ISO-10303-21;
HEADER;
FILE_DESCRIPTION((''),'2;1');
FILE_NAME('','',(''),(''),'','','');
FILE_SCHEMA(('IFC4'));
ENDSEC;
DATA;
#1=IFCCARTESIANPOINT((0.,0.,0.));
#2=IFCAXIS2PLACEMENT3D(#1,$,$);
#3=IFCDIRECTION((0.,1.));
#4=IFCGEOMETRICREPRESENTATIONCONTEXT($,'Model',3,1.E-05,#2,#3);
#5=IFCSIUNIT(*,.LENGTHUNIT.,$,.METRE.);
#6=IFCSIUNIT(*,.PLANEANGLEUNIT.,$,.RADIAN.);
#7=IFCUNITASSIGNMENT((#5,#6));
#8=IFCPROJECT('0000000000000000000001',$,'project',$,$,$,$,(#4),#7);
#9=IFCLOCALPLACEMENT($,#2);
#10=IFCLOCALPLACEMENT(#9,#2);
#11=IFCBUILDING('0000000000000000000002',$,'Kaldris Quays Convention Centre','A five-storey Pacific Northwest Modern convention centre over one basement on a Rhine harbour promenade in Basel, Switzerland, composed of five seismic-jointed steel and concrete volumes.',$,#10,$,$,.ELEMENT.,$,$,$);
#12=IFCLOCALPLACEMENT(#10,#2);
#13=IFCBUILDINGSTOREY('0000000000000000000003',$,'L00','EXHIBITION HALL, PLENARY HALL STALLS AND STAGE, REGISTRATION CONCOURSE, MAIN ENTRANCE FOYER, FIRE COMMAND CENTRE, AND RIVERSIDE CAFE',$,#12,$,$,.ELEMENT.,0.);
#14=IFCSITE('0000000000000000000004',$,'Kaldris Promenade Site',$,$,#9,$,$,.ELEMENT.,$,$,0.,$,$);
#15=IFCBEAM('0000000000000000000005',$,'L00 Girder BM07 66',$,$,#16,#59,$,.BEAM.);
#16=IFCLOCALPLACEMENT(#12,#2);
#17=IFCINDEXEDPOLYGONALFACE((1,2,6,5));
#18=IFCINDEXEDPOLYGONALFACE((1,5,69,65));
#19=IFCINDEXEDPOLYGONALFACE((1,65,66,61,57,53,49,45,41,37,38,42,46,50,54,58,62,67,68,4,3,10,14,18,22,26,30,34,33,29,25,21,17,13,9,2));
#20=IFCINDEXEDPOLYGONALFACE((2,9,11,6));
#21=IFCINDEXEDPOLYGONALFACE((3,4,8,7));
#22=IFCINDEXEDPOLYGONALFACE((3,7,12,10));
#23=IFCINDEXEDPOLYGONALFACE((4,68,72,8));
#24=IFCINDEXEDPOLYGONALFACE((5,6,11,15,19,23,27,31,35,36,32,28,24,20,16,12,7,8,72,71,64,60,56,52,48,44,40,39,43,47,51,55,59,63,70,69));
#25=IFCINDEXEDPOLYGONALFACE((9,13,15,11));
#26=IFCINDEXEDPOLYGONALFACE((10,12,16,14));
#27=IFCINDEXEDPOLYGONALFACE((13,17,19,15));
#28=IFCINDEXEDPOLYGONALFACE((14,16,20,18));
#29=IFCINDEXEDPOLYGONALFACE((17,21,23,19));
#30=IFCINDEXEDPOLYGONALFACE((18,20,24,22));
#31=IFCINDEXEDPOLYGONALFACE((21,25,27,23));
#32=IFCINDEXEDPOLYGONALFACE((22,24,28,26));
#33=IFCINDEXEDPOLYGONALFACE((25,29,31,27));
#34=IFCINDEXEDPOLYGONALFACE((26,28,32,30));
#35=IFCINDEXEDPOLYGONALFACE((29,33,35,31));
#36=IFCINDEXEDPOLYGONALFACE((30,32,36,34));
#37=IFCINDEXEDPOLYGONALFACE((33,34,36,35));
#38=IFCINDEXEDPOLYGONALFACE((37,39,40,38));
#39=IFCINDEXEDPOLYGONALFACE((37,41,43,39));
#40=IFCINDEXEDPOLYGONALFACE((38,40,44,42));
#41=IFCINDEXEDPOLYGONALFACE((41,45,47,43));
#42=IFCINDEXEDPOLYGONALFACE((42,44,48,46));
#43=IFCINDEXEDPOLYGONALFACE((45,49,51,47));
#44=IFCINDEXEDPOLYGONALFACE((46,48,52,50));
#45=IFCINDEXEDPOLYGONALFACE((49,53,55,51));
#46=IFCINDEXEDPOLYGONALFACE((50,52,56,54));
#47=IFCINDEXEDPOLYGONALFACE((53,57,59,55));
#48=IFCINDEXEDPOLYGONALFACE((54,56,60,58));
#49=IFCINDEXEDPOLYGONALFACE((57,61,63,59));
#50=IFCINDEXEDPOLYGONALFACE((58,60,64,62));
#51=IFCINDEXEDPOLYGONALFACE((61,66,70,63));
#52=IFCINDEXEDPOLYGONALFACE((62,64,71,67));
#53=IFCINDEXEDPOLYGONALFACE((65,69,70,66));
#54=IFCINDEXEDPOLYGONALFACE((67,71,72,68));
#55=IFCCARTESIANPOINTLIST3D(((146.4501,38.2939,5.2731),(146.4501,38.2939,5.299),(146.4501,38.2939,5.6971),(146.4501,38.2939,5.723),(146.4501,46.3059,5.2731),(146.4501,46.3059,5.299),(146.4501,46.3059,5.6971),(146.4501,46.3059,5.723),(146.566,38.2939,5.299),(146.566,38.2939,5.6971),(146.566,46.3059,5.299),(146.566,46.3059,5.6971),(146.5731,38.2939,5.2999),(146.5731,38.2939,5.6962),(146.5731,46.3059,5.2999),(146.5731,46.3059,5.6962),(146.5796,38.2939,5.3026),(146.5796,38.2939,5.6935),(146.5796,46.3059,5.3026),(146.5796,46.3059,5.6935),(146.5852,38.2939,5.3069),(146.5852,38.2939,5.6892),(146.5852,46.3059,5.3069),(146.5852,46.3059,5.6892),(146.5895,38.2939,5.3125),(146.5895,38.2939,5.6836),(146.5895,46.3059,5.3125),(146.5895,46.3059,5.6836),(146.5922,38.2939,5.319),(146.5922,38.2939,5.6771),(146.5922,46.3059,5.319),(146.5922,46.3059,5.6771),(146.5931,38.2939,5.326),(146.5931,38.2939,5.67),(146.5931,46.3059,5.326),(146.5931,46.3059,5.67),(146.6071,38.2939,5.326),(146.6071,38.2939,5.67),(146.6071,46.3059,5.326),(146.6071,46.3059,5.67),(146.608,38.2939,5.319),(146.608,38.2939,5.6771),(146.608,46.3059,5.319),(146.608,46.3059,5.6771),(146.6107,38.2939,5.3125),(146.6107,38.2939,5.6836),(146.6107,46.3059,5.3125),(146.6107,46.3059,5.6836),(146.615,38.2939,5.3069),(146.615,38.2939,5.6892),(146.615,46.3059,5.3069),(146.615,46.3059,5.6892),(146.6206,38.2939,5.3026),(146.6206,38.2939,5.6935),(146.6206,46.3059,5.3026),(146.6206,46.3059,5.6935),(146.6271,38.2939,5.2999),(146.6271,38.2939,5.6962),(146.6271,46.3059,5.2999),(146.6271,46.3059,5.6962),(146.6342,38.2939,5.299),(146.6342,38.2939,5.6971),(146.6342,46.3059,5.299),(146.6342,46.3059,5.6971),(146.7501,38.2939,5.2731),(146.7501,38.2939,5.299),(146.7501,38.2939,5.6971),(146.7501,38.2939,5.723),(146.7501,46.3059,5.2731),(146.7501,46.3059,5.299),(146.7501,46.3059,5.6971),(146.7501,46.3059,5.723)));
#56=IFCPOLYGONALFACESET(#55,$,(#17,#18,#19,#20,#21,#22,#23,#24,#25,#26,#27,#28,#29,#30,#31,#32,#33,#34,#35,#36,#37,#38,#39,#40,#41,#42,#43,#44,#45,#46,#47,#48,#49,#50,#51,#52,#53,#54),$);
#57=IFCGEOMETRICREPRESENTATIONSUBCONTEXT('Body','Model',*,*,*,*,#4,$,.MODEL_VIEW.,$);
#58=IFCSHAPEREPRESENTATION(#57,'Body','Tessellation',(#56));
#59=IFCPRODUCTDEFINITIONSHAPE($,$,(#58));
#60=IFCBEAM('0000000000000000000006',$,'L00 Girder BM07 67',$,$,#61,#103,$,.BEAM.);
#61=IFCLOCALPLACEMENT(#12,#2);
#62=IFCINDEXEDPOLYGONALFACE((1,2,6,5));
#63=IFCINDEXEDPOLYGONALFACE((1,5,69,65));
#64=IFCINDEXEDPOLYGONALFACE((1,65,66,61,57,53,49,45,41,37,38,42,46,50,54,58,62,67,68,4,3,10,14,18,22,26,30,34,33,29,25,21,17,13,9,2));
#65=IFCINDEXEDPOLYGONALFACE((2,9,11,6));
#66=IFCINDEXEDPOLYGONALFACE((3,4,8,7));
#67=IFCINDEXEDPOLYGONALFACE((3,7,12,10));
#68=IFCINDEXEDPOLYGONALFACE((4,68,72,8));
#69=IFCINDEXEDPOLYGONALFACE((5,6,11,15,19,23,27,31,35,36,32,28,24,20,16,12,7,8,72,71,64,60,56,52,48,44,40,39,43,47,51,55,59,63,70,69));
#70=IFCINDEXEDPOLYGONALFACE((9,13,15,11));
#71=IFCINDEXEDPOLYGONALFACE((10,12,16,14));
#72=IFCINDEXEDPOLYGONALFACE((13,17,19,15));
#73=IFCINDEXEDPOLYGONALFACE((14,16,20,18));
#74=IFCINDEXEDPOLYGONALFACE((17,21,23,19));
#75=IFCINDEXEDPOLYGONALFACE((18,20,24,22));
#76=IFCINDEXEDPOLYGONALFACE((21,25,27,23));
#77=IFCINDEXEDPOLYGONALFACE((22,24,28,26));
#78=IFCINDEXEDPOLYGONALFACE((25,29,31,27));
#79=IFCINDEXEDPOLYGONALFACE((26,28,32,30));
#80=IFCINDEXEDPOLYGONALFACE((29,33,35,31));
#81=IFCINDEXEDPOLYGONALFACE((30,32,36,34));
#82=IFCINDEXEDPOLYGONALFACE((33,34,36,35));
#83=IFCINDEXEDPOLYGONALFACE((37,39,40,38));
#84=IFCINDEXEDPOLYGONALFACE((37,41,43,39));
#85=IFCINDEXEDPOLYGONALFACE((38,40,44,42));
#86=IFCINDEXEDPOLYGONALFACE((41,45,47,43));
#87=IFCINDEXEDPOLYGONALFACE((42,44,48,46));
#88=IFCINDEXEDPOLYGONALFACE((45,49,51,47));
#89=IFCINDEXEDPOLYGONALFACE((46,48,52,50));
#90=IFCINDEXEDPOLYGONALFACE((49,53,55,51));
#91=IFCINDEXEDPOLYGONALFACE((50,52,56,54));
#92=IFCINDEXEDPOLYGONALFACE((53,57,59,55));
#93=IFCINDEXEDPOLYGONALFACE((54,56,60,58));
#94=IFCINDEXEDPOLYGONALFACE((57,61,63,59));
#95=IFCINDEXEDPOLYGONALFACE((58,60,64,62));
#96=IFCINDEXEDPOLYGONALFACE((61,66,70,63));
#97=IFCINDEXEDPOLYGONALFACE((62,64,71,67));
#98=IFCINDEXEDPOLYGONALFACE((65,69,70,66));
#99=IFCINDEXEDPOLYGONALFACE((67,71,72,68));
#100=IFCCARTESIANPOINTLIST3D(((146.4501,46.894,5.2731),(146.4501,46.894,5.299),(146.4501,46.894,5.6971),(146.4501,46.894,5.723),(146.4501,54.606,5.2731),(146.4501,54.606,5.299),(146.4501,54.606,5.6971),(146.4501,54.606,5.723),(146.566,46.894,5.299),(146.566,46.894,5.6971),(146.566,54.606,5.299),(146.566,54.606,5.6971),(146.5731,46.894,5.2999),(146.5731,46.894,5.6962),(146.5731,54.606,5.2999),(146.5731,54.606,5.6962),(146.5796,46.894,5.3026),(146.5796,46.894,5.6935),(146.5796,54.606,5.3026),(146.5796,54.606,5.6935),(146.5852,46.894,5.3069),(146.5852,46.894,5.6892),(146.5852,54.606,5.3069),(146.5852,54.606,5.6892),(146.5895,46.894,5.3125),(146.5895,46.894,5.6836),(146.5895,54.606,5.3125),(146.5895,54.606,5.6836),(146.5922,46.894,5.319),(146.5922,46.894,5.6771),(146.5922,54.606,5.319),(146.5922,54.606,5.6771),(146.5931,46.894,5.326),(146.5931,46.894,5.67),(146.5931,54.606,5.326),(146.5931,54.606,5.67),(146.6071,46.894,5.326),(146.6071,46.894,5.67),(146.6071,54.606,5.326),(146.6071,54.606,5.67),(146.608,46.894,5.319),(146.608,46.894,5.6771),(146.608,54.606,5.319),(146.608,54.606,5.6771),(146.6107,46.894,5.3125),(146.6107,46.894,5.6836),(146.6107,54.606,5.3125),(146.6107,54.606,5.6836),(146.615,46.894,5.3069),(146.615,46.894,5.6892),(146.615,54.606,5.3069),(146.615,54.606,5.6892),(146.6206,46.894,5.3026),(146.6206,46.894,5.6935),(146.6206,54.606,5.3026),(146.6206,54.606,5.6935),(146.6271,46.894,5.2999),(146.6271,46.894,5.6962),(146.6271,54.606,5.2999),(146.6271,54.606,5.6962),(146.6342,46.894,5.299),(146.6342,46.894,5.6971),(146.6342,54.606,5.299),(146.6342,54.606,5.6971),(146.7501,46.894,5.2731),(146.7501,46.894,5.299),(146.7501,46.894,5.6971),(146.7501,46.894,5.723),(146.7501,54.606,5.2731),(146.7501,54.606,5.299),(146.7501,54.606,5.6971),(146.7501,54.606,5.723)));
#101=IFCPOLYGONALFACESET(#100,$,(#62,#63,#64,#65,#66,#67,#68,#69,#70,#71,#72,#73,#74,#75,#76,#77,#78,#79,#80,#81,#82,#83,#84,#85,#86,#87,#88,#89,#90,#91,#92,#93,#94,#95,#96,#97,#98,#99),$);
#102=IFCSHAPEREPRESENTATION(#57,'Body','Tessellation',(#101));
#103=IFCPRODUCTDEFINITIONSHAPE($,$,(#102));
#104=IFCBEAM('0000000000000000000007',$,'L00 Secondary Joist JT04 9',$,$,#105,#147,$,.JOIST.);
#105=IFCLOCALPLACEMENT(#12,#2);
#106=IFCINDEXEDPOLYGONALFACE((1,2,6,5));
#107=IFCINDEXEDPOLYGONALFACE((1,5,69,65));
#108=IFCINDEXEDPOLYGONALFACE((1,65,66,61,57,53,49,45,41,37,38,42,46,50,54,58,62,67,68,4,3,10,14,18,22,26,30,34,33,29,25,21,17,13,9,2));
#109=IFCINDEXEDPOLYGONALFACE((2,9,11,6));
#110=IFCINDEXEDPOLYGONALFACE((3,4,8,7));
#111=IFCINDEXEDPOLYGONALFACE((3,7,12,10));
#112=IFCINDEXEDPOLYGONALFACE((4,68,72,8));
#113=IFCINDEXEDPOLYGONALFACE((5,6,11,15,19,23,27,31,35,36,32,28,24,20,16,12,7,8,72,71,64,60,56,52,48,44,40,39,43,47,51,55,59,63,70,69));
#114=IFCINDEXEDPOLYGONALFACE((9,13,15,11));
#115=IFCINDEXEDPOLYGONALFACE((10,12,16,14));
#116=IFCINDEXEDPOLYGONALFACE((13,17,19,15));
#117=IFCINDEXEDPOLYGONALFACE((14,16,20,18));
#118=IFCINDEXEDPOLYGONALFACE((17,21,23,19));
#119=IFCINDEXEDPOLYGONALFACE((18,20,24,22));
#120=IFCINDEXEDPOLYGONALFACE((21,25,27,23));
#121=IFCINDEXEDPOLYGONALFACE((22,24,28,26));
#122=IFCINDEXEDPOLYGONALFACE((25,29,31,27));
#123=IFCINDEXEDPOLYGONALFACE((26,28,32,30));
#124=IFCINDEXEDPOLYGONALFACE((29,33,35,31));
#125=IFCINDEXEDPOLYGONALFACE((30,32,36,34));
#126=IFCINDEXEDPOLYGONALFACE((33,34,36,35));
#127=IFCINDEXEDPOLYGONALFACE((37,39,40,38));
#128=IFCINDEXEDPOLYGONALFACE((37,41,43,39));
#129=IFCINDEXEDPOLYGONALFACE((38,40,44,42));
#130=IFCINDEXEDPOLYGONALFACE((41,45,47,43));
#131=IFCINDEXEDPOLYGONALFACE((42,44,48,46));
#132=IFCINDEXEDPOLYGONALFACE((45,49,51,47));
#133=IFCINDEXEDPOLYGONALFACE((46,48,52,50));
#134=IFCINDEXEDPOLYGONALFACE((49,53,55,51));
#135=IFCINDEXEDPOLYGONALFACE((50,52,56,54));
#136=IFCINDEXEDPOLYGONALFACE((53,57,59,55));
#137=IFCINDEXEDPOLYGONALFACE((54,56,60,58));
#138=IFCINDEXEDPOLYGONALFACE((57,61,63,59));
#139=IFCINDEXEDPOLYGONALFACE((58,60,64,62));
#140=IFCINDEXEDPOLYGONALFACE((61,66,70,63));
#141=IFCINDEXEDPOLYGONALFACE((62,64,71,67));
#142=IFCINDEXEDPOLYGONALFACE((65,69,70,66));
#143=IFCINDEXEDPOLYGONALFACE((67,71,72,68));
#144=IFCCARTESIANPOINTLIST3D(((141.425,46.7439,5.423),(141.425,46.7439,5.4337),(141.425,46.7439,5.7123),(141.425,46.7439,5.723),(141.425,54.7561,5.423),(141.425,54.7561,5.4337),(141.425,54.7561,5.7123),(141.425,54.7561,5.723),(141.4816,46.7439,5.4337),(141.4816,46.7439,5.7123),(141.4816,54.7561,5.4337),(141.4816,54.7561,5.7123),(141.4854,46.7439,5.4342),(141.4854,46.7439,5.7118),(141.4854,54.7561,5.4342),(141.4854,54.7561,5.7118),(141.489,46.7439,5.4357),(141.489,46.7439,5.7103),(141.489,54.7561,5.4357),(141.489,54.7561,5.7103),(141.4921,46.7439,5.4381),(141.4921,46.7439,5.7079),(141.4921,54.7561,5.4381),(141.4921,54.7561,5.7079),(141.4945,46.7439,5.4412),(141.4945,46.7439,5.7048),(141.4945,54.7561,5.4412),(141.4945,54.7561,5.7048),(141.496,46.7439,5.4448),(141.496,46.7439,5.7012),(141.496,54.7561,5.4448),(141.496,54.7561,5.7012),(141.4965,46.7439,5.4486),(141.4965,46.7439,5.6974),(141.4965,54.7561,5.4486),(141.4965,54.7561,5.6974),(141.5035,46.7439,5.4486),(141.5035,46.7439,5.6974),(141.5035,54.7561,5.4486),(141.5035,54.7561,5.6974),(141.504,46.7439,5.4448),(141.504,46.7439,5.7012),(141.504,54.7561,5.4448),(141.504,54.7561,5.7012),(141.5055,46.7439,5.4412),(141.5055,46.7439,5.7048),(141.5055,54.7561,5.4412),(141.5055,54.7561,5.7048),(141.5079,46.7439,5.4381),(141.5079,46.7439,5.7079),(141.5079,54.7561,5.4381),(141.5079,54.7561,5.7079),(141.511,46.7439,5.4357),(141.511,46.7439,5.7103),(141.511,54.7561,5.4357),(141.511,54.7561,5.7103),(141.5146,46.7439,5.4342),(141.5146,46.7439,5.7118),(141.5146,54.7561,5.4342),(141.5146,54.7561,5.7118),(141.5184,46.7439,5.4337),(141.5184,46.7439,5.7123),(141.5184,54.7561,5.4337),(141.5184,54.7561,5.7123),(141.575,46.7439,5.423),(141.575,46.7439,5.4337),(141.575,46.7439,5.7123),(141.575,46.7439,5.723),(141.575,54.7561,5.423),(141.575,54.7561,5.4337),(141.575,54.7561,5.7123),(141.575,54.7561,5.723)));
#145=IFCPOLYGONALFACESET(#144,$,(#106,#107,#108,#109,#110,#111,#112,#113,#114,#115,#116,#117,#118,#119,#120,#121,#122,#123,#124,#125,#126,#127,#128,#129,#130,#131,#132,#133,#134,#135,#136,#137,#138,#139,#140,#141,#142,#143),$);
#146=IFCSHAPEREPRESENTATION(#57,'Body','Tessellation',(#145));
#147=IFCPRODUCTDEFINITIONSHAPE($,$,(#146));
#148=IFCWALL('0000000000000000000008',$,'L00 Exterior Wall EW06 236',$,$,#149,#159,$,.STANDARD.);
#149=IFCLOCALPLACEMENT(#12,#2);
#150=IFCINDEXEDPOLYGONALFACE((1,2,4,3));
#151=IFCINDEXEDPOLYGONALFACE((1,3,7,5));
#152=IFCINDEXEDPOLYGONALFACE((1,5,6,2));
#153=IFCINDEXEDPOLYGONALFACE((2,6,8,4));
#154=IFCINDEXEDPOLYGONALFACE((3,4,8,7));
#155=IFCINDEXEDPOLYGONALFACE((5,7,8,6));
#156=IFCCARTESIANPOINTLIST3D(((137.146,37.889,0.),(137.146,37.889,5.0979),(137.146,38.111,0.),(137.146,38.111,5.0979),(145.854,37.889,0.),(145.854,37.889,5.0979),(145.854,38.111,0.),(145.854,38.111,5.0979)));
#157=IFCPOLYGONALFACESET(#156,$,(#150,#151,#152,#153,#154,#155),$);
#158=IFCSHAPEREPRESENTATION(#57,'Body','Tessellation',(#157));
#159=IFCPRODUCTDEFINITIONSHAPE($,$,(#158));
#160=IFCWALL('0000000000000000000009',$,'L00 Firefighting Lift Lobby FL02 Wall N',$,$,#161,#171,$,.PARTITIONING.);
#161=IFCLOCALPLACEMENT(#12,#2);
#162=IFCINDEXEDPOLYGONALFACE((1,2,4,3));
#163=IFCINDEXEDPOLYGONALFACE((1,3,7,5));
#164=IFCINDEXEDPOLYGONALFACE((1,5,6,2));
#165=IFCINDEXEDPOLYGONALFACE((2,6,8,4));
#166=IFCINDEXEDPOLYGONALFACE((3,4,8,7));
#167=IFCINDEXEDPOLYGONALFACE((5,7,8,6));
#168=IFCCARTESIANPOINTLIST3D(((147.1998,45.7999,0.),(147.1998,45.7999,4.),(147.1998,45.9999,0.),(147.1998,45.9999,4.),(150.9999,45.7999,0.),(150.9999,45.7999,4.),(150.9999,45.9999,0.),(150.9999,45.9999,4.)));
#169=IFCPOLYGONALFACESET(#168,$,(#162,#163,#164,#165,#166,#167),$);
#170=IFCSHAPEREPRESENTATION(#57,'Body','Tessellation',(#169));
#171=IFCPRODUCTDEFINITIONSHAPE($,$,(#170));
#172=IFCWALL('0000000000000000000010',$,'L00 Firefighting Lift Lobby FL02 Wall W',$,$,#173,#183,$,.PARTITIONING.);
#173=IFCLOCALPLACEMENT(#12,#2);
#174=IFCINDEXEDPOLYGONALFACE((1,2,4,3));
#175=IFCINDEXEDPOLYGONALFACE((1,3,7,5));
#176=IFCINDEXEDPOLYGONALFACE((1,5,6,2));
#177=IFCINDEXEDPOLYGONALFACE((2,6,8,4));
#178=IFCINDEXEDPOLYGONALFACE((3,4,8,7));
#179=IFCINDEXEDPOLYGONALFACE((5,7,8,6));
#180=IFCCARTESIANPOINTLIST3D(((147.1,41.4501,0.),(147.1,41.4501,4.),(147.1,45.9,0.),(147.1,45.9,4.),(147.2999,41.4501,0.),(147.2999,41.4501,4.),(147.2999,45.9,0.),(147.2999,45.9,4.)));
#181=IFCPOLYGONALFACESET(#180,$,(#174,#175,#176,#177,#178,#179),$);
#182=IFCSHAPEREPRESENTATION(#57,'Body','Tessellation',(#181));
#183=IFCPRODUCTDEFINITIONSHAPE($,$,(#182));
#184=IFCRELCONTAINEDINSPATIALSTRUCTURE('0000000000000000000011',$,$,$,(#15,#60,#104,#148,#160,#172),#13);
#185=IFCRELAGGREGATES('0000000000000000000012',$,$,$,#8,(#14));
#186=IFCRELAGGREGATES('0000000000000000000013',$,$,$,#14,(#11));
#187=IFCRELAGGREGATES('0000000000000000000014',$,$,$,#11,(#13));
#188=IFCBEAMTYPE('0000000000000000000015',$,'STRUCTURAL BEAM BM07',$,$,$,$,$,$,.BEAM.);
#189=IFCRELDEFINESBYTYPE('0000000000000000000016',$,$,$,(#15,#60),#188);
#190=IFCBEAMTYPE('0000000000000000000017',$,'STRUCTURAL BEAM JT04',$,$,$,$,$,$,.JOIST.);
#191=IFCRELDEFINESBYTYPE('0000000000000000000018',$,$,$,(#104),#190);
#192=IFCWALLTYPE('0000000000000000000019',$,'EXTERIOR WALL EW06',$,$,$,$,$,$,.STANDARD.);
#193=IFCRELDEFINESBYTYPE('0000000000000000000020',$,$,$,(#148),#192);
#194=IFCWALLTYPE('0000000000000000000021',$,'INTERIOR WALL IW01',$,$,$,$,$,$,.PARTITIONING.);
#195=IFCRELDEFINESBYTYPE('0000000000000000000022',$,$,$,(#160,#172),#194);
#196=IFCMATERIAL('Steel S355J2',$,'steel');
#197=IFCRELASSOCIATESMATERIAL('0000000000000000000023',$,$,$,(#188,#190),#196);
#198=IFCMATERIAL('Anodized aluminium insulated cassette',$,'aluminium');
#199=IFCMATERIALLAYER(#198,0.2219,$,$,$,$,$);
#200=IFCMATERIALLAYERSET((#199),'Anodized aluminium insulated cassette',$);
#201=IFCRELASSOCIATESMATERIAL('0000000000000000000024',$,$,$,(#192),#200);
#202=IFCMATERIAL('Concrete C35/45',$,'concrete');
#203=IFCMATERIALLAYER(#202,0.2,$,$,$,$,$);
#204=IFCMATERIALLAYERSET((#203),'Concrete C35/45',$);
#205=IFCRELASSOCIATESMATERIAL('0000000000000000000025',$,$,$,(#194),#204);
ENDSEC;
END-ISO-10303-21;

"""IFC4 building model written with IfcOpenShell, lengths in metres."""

from ifc_helpers import new_model, si_unit, direction, frame, frame_2d, origin, origin_2d, place, context, subcontext, project, spatial, rectangle, i_section, extrude, material, layer, layer_set, material_profile, profile_set, type_object, element, save


model = new_model("IFC4")

# Units and contexts
model_context = context("Model", 3, precision=1e-05, world=origin(), true_north=direction((0.0, 1.0)))
body_context = subcontext(model_context, "Body", "Model", "MODEL_VIEW")
ifc_project = project(units=[si_unit("LENGTHUNIT", "METRE"), si_unit("PLANEANGLEUNIT", "RADIAN")], contexts=[model_context])

# Site, building, storey
site_placement = place(None, origin())
site = spatial("IfcSite", under=ifc_project, at=site_placement, Name="Kaldris Promenade Site", CompositionType="ELEMENT", RefElevation=0.0)
building_placement = place(site_placement, origin())
building = spatial("IfcBuilding", under=site, at=building_placement, Name="Kaldris Quays Convention Centre", Description="A five-storey Pacific Northwest Modern convention centre over one basement on a Rhine harbour promenade in Basel, Switzerland, composed of five seismic-jointed steel and concrete volumes.", CompositionType="ELEMENT")
storey_placement = place(building_placement, origin())
storey = spatial("IfcBuildingStorey", under=building, at=storey_placement, Name="L00", Description="EXHIBITION HALL, PLENARY HALL STALLS AND STAGE, REGISTRATION CONCOURSE, MAIN ENTRANCE FOYER, FIRE COMMAND CENTRE, AND RIVERSIDE CAFE", CompositionType="ELEMENT", Elevation=0.0)

# Shared definitions
ifc_material_1 = material(Name="Steel S355J2", Category="steel")

# Beams
ifc_material_profile_1 = material_profile(ifc_material_1, i_section(OverallWidth=0.3, OverallDepth=0.45, WebThickness=0.0139, FlangeThickness=0.0259, FilletRadius=0.0271, at=origin_2d()), Name="HEB 450")
ifc_profile_set_1 = profile_set([ifc_material_profile_1], Name="Steel S355J2")
beam_type_1 = type_object("IfcBeamType", Name="STRUCTURAL BEAM BM07", PredefinedType="BEAM", material=ifc_profile_set_1)
beam_1_placement = place(storey_placement, frame((146.6001, 38.2939, 5.498), z_axis=(0.0, 1.0, 0.0), x_axis=(-1.0, 0.0, 0.0)))
element("IfcBeam", 1, at=beam_1_placement, inside=storey, type_object=beam_type_1, Name="L00 Girder BM07 66", PredefinedType="BEAM", context=body_context, shape_type="SweptSolid", body=[
    extrude(i_section(OverallWidth=0.3, OverallDepth=0.45, WebThickness=0.0139, FlangeThickness=0.0259, FilletRadius=0.0271, at=origin_2d()), origin(), (0.0, 0.0, 1.0), 8.012),
])
beam_2_placement = place(storey_placement, frame((146.6001, 46.894, 5.498), z_axis=(0.0, 1.0, 0.0), x_axis=(-1.0, 0.0, 0.0)))
element("IfcBeam", 2, at=beam_2_placement, inside=storey, type_object=beam_type_1, Name="L00 Girder BM07 67", PredefinedType="BEAM", context=body_context, shape_type="SweptSolid", body=[
    extrude(i_section(OverallWidth=0.3, OverallDepth=0.45, WebThickness=0.0139, FlangeThickness=0.0259, FilletRadius=0.0271, at=origin_2d()), origin(), (0.0, 0.0, 1.0), 7.7119),
])
ifc_material_profile_2 = material_profile(ifc_material_1, i_section(OverallWidth=0.1499, OverallDepth=0.3, WebThickness=0.0071, FlangeThickness=0.0107, FilletRadius=0.0149, at=origin_2d()), Name="IPE 300")
ifc_profile_set_2 = profile_set([ifc_material_profile_2], Name="Steel S355J2")
beam_type_2 = type_object("IfcBeamType", Name="STRUCTURAL BEAM JT04", PredefinedType="JOIST", material=ifc_profile_set_2)
beam_3_placement = place(storey_placement, frame((141.5, 46.7439, 5.573), z_axis=(0.0, 1.0, 0.0), x_axis=(-1.0, 0.0, 0.0)))
element("IfcBeam", 3, at=beam_3_placement, inside=storey, type_object=beam_type_2, Name="L00 Secondary Joist JT04 9", PredefinedType="JOIST", context=body_context, shape_type="SweptSolid", body=[
    extrude(i_section(OverallWidth=0.1499, OverallDepth=0.3, WebThickness=0.0071, FlangeThickness=0.0107, FilletRadius=0.0149, at=origin_2d()), origin(), (0.0, 0.0, 1.0), 8.0122),
])

# Walls
ifc_material_2 = material(Name="Anodized aluminium insulated cassette", Category="aluminium")
ifc_layer_1 = layer(ifc_material_2, 0.2219)
ifc_layer_set_1 = layer_set([ifc_layer_1], Name="Anodized aluminium insulated cassette")
wall_type_1 = type_object("IfcWallType", Name="EXTERIOR WALL EW06", PredefinedType="STANDARD", material=ifc_layer_set_1)
wall_1_placement = place(storey_placement, frame((137.146, 38.0, 0.0), z_axis=(0.0, 0.0, 1.0), x_axis=(1.0, 0.0, 0.0)))
element("IfcWall", 4, at=wall_1_placement, inside=storey, type_object=wall_type_1, Name="L00 Exterior Wall EW06 236", PredefinedType="STANDARD", context=body_context, shape_type="SweptSolid", body=[
    extrude(rectangle(XDim=8.708, YDim=0.2219, at=frame_2d((4.354, 0.0))), origin(), (0.0, 0.0, 1.0), 5.0979),
])
ifc_material_3 = material(Name="Concrete C35/45", Category="concrete")
ifc_layer_2 = layer(ifc_material_3, 0.2)
ifc_layer_set_2 = layer_set([ifc_layer_2], Name="Concrete C35/45")
wall_type_2 = type_object("IfcWallType", Name="INTERIOR WALL IW01", PredefinedType="PARTITIONING", material=ifc_layer_set_2)
wall_2_placement = place(storey_placement, frame((147.2, 45.8999, 0.0), z_axis=(0.0, 0.0, 1.0), x_axis=(1.0, 0.0, 0.0)))
element("IfcWall", 5, at=wall_2_placement, inside=storey, type_object=wall_type_2, Name="L00 Firefighting Lift Lobby FL02 Wall N", PredefinedType="PARTITIONING", context=body_context, shape_type="SweptSolid", body=[
    extrude(rectangle(XDim=3.8, YDim=0.2, at=frame_2d((1.8999, 0.0))), origin(), (0.0, 0.0, 1.0), 4.0),
])
wall_3_placement = place(storey_placement, frame((147.2, 41.45, 0.0), z_axis=(0.0, 0.0, 1.0), x_axis=(0.0, 1.0, 0.0)))
element("IfcWall", 6, at=wall_3_placement, inside=storey, type_object=wall_type_2, Name="L00 Firefighting Lift Lobby FL02 Wall W", PredefinedType="PARTITIONING", context=body_context, shape_type="SweptSolid", body=[
    extrude(rectangle(XDim=4.45, YDim=0.2, at=frame_2d((2.2251, 0.0))), origin(), (0.0, 0.0, 1.0), 4.0),
])

save(model, "model.ifc")
